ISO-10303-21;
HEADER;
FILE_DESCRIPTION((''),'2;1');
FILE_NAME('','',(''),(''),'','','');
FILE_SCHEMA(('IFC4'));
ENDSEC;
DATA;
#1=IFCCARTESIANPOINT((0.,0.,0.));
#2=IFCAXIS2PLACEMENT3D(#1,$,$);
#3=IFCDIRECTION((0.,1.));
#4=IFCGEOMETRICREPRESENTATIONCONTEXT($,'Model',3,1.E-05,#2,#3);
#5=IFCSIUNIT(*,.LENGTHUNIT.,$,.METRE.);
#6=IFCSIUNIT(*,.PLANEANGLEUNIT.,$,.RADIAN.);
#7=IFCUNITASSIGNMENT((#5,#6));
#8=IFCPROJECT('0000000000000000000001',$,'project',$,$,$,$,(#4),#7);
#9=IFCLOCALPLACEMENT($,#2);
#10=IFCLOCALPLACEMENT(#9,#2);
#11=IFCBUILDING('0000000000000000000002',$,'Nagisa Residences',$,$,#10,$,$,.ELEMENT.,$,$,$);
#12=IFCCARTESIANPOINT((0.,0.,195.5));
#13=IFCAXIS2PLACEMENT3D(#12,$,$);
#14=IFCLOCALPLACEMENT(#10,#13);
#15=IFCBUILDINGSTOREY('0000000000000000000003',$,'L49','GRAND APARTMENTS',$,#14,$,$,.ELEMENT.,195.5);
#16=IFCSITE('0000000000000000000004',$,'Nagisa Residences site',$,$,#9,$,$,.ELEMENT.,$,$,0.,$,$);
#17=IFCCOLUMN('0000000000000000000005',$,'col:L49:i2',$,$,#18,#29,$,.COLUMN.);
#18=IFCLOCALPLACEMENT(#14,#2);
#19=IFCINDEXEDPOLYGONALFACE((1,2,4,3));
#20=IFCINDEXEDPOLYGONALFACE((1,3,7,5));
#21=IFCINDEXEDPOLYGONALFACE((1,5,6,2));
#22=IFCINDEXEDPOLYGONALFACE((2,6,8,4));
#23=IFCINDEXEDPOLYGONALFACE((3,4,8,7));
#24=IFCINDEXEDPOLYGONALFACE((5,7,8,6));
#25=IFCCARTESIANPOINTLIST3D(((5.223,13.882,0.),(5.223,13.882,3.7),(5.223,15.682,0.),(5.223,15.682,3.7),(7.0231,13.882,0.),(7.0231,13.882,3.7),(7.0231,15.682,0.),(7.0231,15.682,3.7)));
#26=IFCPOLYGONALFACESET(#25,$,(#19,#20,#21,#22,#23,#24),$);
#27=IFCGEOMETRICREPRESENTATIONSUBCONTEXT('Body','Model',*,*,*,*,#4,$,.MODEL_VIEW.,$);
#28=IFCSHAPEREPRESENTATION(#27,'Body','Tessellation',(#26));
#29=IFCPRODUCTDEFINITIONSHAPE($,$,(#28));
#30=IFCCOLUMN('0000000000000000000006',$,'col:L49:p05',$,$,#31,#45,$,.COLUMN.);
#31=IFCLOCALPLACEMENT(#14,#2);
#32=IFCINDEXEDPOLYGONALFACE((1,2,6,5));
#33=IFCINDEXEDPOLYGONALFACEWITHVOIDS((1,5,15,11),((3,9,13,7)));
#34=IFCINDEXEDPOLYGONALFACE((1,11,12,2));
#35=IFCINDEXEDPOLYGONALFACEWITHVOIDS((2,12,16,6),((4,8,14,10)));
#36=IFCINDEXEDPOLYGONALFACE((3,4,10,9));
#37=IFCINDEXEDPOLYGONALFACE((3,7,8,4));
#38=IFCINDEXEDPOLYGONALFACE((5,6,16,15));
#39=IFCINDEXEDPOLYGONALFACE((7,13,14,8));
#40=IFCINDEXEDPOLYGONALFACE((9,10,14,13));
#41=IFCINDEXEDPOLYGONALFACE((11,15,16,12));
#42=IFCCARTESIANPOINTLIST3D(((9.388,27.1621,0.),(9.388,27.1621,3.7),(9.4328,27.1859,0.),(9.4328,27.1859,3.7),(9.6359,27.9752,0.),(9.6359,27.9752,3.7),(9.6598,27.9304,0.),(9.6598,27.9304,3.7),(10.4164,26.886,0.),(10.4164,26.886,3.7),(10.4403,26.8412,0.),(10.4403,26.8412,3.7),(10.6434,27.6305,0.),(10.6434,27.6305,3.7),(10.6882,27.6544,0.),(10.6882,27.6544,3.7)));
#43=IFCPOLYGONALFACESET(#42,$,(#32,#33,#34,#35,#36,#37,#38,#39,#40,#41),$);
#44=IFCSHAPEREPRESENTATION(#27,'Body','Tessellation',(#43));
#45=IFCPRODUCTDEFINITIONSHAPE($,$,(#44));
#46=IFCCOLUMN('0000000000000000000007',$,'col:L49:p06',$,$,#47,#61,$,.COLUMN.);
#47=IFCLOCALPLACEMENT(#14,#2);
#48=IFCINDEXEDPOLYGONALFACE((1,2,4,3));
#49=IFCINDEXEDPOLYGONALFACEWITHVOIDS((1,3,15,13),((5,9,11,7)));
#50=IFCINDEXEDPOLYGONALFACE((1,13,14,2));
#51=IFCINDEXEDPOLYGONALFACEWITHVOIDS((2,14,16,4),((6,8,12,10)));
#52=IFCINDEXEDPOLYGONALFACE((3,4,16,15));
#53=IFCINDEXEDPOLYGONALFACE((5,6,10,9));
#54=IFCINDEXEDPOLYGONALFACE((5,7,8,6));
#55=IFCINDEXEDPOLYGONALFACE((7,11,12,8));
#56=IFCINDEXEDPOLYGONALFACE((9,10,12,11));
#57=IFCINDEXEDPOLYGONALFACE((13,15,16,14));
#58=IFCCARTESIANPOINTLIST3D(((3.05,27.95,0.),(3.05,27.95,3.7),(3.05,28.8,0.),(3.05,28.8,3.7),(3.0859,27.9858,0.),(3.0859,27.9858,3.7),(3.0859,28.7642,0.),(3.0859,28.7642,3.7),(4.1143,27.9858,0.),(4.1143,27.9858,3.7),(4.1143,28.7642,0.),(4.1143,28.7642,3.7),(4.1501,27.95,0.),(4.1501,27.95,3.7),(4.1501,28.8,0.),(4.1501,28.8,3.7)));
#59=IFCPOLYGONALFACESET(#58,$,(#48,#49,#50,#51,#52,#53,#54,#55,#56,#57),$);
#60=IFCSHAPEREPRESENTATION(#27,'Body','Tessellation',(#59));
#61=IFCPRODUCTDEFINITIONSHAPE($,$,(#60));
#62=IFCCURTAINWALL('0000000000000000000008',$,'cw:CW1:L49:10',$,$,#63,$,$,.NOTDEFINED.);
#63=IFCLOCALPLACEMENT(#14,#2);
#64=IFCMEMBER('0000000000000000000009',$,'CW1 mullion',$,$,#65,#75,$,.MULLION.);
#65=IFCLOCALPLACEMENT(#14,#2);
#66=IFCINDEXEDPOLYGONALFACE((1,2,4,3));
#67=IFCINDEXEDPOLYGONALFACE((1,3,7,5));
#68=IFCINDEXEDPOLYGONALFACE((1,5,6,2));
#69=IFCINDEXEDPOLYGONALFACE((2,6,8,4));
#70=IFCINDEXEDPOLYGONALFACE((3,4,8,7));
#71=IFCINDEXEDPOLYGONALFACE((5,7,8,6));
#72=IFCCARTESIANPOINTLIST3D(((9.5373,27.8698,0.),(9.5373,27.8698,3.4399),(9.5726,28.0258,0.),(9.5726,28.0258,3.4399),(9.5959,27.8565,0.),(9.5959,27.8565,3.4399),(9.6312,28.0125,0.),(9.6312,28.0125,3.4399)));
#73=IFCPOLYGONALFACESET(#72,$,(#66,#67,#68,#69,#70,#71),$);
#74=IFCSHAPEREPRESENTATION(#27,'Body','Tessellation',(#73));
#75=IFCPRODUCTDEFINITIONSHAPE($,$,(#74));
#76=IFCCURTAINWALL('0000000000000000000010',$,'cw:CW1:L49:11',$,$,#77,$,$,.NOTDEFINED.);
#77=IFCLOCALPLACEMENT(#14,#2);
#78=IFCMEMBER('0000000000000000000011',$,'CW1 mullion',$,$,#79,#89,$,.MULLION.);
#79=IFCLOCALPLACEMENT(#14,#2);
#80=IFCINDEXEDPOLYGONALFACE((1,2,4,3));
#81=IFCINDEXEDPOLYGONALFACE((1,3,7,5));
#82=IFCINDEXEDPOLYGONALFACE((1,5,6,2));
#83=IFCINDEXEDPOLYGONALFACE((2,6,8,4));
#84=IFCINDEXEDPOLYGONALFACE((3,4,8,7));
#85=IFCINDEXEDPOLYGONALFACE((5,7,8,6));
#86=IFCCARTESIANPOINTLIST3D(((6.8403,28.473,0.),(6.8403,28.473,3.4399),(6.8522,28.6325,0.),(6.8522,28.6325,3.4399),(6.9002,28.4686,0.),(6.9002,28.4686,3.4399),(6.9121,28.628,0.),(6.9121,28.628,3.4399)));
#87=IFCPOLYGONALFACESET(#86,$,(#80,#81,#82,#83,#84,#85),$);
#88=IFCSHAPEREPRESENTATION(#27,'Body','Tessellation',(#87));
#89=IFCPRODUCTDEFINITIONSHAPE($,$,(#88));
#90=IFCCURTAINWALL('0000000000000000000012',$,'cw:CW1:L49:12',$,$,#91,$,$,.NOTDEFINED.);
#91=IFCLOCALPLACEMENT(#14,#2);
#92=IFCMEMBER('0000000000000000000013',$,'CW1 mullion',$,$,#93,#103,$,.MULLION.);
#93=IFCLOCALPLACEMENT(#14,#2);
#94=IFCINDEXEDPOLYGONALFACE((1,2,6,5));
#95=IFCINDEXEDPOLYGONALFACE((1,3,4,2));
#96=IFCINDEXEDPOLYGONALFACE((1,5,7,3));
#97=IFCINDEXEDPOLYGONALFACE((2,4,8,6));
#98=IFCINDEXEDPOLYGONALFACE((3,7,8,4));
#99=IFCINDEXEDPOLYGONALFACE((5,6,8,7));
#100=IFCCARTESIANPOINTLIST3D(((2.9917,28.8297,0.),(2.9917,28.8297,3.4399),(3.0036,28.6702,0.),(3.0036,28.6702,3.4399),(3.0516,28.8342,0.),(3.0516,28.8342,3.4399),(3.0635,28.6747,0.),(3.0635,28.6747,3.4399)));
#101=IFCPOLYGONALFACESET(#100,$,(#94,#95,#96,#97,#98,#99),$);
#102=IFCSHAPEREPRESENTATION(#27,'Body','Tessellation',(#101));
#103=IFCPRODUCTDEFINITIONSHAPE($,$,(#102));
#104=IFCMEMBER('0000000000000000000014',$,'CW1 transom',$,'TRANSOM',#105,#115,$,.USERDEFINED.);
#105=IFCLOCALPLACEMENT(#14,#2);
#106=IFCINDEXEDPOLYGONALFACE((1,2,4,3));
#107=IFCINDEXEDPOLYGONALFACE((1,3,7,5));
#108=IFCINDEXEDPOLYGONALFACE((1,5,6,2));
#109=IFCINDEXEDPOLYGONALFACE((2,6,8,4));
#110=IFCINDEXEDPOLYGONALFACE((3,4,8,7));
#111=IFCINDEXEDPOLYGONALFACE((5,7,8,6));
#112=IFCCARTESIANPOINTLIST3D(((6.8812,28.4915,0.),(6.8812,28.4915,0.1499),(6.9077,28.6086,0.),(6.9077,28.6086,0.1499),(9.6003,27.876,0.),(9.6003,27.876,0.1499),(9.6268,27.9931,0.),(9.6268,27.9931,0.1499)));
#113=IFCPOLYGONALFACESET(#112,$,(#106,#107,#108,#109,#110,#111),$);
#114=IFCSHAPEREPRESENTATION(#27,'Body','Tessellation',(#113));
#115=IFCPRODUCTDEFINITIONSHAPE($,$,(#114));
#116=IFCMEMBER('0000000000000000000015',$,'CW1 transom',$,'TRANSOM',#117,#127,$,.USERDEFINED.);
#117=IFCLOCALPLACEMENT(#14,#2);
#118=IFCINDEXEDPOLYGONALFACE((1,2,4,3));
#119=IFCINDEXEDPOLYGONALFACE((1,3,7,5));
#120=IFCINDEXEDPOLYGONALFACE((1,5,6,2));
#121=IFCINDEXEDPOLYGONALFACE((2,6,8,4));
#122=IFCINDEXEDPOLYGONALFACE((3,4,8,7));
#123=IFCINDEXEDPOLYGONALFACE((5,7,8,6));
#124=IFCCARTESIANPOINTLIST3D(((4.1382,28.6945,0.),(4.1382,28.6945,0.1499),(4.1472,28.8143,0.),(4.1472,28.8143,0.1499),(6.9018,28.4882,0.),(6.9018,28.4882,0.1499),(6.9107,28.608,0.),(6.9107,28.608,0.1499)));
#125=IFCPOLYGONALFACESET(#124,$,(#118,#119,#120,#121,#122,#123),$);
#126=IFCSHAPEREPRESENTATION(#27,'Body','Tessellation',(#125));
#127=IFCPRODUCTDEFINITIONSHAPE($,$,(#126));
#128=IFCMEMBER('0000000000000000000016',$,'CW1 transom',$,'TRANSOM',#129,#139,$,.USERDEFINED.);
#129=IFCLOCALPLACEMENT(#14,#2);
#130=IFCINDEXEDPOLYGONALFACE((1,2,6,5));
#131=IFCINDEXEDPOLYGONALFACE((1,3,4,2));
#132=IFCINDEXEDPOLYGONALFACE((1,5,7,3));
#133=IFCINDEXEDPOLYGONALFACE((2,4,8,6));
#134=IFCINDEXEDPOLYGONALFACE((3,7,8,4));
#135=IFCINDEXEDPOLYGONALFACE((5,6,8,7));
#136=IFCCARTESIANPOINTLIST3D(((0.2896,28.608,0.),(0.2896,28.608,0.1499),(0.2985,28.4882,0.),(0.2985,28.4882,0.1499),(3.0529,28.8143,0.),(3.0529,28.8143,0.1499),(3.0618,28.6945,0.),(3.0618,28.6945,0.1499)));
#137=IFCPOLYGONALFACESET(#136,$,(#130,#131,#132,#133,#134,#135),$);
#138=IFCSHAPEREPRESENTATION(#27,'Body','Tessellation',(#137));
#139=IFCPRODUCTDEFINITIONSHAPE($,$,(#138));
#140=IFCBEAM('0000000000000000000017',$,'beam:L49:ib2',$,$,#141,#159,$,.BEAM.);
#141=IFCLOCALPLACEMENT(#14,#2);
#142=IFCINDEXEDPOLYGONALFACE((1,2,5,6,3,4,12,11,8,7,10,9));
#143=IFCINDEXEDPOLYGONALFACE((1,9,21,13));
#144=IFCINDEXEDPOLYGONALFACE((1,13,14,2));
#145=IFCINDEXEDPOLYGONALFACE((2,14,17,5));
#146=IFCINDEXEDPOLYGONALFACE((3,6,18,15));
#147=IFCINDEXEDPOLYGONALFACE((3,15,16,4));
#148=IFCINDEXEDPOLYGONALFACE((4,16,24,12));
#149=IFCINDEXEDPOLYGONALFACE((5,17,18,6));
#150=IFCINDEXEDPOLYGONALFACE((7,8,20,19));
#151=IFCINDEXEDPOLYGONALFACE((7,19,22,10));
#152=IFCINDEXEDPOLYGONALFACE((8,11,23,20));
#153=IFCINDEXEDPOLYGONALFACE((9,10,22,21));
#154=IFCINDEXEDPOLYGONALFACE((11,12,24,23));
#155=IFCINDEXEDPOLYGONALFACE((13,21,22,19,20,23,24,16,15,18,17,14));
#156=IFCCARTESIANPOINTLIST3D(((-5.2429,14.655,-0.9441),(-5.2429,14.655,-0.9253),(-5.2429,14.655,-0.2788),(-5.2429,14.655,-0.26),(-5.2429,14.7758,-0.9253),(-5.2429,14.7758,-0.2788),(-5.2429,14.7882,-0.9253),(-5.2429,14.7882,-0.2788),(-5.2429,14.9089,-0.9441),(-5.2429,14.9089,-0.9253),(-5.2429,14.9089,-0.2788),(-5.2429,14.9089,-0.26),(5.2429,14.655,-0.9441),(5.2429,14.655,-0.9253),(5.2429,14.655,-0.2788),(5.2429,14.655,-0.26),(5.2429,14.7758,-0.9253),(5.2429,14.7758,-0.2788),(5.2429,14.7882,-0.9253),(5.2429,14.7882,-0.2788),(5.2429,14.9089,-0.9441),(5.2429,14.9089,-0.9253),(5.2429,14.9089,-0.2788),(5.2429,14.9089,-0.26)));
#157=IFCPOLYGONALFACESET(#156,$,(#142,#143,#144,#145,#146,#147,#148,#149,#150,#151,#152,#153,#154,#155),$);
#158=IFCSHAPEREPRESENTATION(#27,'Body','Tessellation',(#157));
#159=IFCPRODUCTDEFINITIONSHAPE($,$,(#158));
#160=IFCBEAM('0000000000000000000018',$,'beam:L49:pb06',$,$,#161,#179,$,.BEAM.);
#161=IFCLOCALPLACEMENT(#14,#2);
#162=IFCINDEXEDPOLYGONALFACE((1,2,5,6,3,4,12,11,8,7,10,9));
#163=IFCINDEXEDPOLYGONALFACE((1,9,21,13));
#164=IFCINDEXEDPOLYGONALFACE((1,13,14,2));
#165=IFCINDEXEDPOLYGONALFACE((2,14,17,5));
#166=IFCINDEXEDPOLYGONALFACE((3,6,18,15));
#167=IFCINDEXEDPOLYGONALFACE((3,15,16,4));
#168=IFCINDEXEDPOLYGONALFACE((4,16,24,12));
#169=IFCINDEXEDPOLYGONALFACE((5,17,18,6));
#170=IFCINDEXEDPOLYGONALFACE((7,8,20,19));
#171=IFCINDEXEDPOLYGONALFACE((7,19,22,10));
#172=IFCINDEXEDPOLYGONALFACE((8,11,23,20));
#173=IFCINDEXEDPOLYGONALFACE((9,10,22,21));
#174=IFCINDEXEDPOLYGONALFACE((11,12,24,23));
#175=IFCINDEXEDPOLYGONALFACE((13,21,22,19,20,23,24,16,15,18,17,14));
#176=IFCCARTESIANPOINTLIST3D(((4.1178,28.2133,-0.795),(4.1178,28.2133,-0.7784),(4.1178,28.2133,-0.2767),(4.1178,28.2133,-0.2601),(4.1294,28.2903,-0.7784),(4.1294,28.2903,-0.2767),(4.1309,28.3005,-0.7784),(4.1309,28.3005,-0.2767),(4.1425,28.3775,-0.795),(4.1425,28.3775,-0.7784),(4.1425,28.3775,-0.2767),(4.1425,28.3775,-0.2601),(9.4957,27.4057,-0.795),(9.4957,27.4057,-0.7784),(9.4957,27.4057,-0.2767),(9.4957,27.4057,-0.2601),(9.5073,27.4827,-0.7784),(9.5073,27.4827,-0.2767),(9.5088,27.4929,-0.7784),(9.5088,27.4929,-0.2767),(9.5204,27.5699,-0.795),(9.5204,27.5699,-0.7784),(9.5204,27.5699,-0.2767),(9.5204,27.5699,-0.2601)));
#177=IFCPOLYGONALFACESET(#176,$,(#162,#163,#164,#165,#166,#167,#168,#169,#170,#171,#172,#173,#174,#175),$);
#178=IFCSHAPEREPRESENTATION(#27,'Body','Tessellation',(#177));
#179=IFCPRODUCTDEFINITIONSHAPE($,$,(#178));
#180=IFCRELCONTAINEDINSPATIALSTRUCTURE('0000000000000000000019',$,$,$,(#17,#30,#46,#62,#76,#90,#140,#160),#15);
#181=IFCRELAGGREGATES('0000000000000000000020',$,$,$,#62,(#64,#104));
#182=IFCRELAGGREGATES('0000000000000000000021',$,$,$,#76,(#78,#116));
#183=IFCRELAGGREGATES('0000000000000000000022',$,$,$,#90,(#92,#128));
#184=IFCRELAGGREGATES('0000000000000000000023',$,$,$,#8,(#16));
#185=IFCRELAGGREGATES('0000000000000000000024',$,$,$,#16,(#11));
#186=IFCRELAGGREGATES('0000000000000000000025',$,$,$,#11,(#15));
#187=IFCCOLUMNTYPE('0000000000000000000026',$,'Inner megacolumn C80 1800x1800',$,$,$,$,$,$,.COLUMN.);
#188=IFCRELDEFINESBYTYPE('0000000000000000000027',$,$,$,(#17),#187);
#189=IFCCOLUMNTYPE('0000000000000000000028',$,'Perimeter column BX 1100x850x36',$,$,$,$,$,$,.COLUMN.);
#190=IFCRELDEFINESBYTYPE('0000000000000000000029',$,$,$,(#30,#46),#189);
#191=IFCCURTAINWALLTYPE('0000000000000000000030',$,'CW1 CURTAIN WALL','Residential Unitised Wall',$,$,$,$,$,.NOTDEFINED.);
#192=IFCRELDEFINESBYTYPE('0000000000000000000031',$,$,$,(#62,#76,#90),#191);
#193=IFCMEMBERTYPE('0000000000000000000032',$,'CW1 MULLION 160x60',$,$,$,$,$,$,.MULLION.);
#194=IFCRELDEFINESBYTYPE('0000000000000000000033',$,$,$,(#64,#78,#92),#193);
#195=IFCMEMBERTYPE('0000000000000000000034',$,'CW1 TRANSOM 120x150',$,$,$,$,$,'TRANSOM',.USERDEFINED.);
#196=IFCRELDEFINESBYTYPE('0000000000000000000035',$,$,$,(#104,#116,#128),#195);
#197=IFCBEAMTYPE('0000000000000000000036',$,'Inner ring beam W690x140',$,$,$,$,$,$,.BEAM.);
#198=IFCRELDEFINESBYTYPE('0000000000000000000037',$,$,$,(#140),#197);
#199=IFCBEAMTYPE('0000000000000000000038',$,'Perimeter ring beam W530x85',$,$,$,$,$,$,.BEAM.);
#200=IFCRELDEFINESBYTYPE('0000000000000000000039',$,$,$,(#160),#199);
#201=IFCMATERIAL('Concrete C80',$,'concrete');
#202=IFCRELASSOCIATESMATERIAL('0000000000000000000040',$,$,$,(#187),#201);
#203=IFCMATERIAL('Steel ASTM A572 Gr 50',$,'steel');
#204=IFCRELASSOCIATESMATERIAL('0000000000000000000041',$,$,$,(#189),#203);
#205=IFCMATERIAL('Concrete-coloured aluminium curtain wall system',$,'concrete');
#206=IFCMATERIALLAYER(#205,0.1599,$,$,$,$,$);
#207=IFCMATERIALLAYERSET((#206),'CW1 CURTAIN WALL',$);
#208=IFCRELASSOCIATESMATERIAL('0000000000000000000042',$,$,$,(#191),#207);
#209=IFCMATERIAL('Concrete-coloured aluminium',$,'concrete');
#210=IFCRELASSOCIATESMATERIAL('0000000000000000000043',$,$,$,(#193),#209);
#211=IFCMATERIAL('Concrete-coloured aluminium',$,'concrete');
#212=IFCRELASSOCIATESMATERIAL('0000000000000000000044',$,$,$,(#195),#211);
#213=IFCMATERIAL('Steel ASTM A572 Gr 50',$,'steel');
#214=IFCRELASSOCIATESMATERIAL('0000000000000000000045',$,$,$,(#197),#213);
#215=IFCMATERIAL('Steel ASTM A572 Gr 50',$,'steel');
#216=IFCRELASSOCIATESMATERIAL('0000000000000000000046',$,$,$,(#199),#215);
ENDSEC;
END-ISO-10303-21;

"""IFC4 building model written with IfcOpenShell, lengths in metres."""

from ifc_helpers import new_model, si_unit, direction, frame, origin, origin_2d, place, context, subcontext, project, spatial, rectangle, hollow_rectangle, i_section, extrude, material, layer, layer_set, material_profile, profile_set, type_object, element, aggregate, save


model = new_model("IFC4")

# Units and contexts
model_context = context("Model", 3, precision=1e-05, world=origin(), true_north=direction((0.0, 1.0)))
body_context = subcontext(model_context, "Body", "Model", "MODEL_VIEW")
ifc_project = project(units=[si_unit("LENGTHUNIT", "METRE"), si_unit("PLANEANGLEUNIT", "RADIAN")], contexts=[model_context])

# Site, building, storey
site_placement = place(None, origin())
site = spatial("IfcSite", under=ifc_project, at=site_placement, Name="Nagisa Residences site", CompositionType="ELEMENT", RefElevation=0.0)
building_placement = place(site_placement, origin())
building = spatial("IfcBuilding", under=site, at=building_placement, Name="Nagisa Residences", CompositionType="ELEMENT")
storey_placement = place(building_placement, frame((0.0, 0.0, 195.5)))
storey = spatial("IfcBuildingStorey", under=building, at=storey_placement, Name="L49", Description="GRAND APARTMENTS", CompositionType="ELEMENT", Elevation=195.5)

# Columns
ifc_material_1 = material(Name="Concrete C80", Category="concrete")
ifc_material_profile_1 = material_profile(ifc_material_1, rectangle(XDim=1.8, YDim=1.8, at=origin_2d()), Name="C80 1800x1800")
ifc_profile_set_1 = profile_set([ifc_material_profile_1], Name="Concrete C80")
column_type_1 = type_object("IfcColumnType", Name="Inner megacolumn C80 1800x1800", PredefinedType="COLUMN", material=ifc_profile_set_1)
column_placement = place(storey_placement, frame((6.123, 14.782, 0.0), z_axis=(0.0, 0.0, 1.0), x_axis=(1.0, 0.0, 0.0)))
element("IfcColumn", 1, at=column_placement, inside=storey, type_object=column_type_1, Name="col:L49:i2", PredefinedType="COLUMN", context=body_context, shape_type="SweptSolid", body=[
    extrude(rectangle(XDim=1.8, YDim=1.8, at=origin_2d()), origin(), (0.0, 0.0, 1.0), 3.7),
])
ifc_material_2 = material(Name="Steel ASTM A572 Gr 50", Category="steel")
ifc_material_profile_2 = material_profile(ifc_material_2, hollow_rectangle(XDim=1.1001, YDim=0.8501, WallThickness=0.0359, at=origin_2d()), Name="BX 1100x850x36")
ifc_profile_set_2 = profile_set([ifc_material_profile_2], Name="Steel ASTM A572 Gr 50")
column_type_2 = type_object("IfcColumnType", Name="Perimeter column BX 1100x850x36", PredefinedType="COLUMN", material=ifc_profile_set_2)
for number, where, z_axis, x_axis, name in (
    (2, (10.0381, 27.4082, 0.0), (0.0, 0.0, 1.0), (-0.956525, 0.291652, 0.0), "col:L49:p05"),
    (3, (3.6001, 28.375, 0.0), (0.0, 0.0, 1.0), (-1.0, 0.0, 0.0), "col:L49:p06"),
):
    element("IfcColumn", number, at=place(storey_placement, frame(where, z_axis=z_axis, x_axis=x_axis)), inside=storey, type_object=column_type_2, Name=name, PredefinedType="COLUMN", context=body_context, shape_type="SweptSolid", body=[
        extrude(hollow_rectangle(XDim=1.1001, YDim=0.8501, WallThickness=0.0359, at=origin_2d()), origin(), (0.0, 0.0, 1.0), 3.7),
    ])

# Curtain walls, members
ifc_material_3 = material(Name="Concrete-coloured aluminium curtain wall system", Category="concrete")
ifc_layer_1 = layer(ifc_material_3, 0.1599)
ifc_layer_set_1 = layer_set([ifc_layer_1], Name="CW1 CURTAIN WALL")
curtain_wall_type = type_object("IfcCurtainWallType", Name="CW1 CURTAIN WALL", Description="Residential Unitised Wall", PredefinedType="NOTDEFINED", material=ifc_layer_set_1)
curtain_wall_1_placement = place(storey_placement, origin())
curtain_wall_1 = element("IfcCurtainWall", 4, at=curtain_wall_1_placement, inside=storey, type_object=curtain_wall_type, Name="cw:CW1:L49:10", PredefinedType="NOTDEFINED")
ifc_material_4 = material(Name="Concrete-coloured aluminium", Category="concrete")
ifc_material_profile_3 = material_profile(ifc_material_4, rectangle(XDim=0.1599, YDim=0.0601, at=origin_2d()), Name="CW1 MULLION 160x60")
ifc_profile_set_3 = profile_set([ifc_material_profile_3], Name="Concrete-coloured aluminium")
member_type_1 = type_object("IfcMemberType", Name="CW1 MULLION 160x60", PredefinedType="MULLION", material=ifc_profile_set_3)
member_1_placement = place(storey_placement, frame((9.5842, 27.9412, 0.0), z_axis=(0.0, 0.0, 1.0), x_axis=(-0.220764, -0.975327, 0.0)))
member_1 = element("IfcMember", 5, at=member_1_placement, type_object=member_type_1, Name="CW1 mullion", PredefinedType="MULLION", context=body_context, shape_type="SweptSolid", body=[
    extrude(rectangle(XDim=0.1599, YDim=0.0601, at=origin_2d()), origin(), (0.0, 0.0, 1.0), 3.4399),
])
curtain_wall_2_placement = place(storey_placement, origin())
curtain_wall_2 = element("IfcCurtainWall", 6, at=curtain_wall_2_placement, inside=storey, type_object=curtain_wall_type, Name="cw:CW1:L49:11", PredefinedType="NOTDEFINED")
member_2_placement = place(storey_placement, frame((6.8762, 28.5505, 0.0), z_axis=(0.0, 0.0, 1.0), x_axis=(-0.074377, -0.99723, 0.0)))
member_2 = element("IfcMember", 7, at=member_2_placement, type_object=member_type_1, Name="CW1 mullion", PredefinedType="MULLION", context=body_context, shape_type="SweptSolid", body=[
    extrude(rectangle(XDim=0.1599, YDim=0.0601, at=origin_2d()), origin(), (0.0, 0.0, 1.0), 3.4399),
])
curtain_wall_3_placement = place(storey_placement, origin())
curtain_wall_3 = element("IfcCurtainWall", 8, at=curtain_wall_3_placement, inside=storey, type_object=curtain_wall_type, Name="cw:CW1:L49:12", PredefinedType="NOTDEFINED")
member_3_placement = place(storey_placement, frame((3.0276, 28.7522, 0.0), z_axis=(0.0, 0.0, 1.0), x_axis=(0.074377, -0.99723, 0.0)))
member_3 = element("IfcMember", 9, at=member_3_placement, type_object=member_type_1, Name="CW1 mullion", PredefinedType="MULLION", context=body_context, shape_type="SweptSolid", body=[
    extrude(rectangle(XDim=0.1599, YDim=0.0601, at=origin_2d()), origin(), (0.0, 0.0, 1.0), 3.4399),
])

# Members
ifc_material_5 = material(Name="Concrete-coloured aluminium", Category="concrete")
ifc_material_profile_4 = material_profile(ifc_material_5, rectangle(XDim=0.1201, YDim=0.1499, at=origin_2d()), Name="CW1 TRANSOM 120x150")
ifc_profile_set_4 = profile_set([ifc_material_profile_4], Name="Concrete-coloured aluminium")
member_type_2 = type_object("IfcMemberType", Name="CW1 TRANSOM 120x150", ElementType="TRANSOM", PredefinedType="USERDEFINED", material=ifc_profile_set_4)
member_4_placement = place(storey_placement, frame((9.6135, 27.9346, 0.075), z_axis=(-0.975324, 0.220777, 0.0), x_axis=(-0.220777, -0.975324, 0.0)))
member_4 = element("IfcMember", 10, at=member_4_placement, type_object=member_type_2, Name="CW1 transom", ObjectType="TRANSOM", PredefinedType="USERDEFINED", context=body_context, shape_type="SweptSolid", body=[
    extrude(rectangle(XDim=0.1201, YDim=0.1499, at=origin_2d()), origin(), (0.0, 0.0, 1.0), 2.7878),
])
member_5_placement = place(storey_placement, frame((6.9062, 28.5481, 0.075), z_axis=(-0.997226, 0.07444, 0.0), x_axis=(-0.07444, -0.997226, 0.0)))
member_5 = element("IfcMember", 11, at=member_5_placement, type_object=member_type_2, Name="CW1 transom", ObjectType="TRANSOM", PredefinedType="USERDEFINED", context=body_context, shape_type="SweptSolid", body=[
    extrude(rectangle(XDim=0.1201, YDim=0.1499, at=origin_2d()), origin(), (0.0, 0.0, 1.0), 2.7712),
])
member_6_placement = place(storey_placement, frame((3.0574, 28.7544, 0.075), z_axis=(-0.997225, -0.074446, 0.0), x_axis=(0.074446, -0.997225, 0.0)))
member_6 = element("IfcMember", 12, at=member_6_placement, type_object=member_type_2, Name="CW1 transom", ObjectType="TRANSOM", PredefinedType="USERDEFINED", context=body_context, shape_type="SweptSolid", body=[
    extrude(rectangle(XDim=0.1201, YDim=0.1499, at=origin_2d()), origin(), (0.0, 0.0, 1.0), 2.771),
])

# Beams
ifc_material_6 = material(Name="Steel ASTM A572 Gr 50", Category="steel")
ifc_material_profile_5 = material_profile(ifc_material_6, i_section(OverallWidth=0.2539, OverallDepth=0.6841, WebThickness=0.0125, FlangeThickness=0.0188, at=origin_2d()), Name="W690x140")
ifc_profile_set_5 = profile_set([ifc_material_profile_5], Name="Steel ASTM A572 Gr 50")
beam_type_1 = type_object("IfcBeamType", Name="Inner ring beam W690x140", PredefinedType="BEAM", material=ifc_profile_set_5)
beam_1_placement = place(storey_placement, frame((5.2429, 14.782, -0.6021), z_axis=(-1.0, 0.0, 0.0), x_axis=(0.0, -1.0, 0.0)))
element("IfcBeam", 13, at=beam_1_placement, inside=storey, type_object=beam_type_1, Name="beam:L49:ib2", PredefinedType="BEAM", context=body_context, shape_type="SweptSolid", body=[
    extrude(i_section(OverallWidth=0.2539, OverallDepth=0.6841, WebThickness=0.0125, FlangeThickness=0.0188, at=origin_2d()), origin(), (0.0, 0.0, 1.0), 10.4858),
])
ifc_material_7 = material(Name="Steel ASTM A572 Gr 50", Category="steel")
ifc_material_profile_6 = material_profile(ifc_material_7, i_section(OverallWidth=0.166, OverallDepth=0.5349, WebThickness=0.0103, FlangeThickness=0.0166, at=origin_2d()), Name="W530x85")
ifc_profile_set_6 = profile_set([ifc_material_profile_6], Name="Steel ASTM A572 Gr 50")
beam_type_2 = type_object("IfcBeamType", Name="Perimeter ring beam W530x85", PredefinedType="BEAM", material=ifc_profile_set_6)
for number, where, z_axis, x_axis, name in (
    (14, (9.5081, 27.4878, -0.5276), (-0.988911, 0.148507, 0.0), (-0.148507, -0.988911, 0.0), "beam:L49:pb06"),
):
    element("IfcBeam", number, at=place(storey_placement, frame(where, z_axis=z_axis, x_axis=x_axis)), inside=storey, type_object=beam_type_2, Name=name, PredefinedType="BEAM", context=body_context, shape_type="SweptSolid", body=[
        extrude(i_section(OverallWidth=0.166, OverallDepth=0.5349, WebThickness=0.0103, FlangeThickness=0.0166, at=origin_2d()), origin(), (0.0, 0.0, 1.0), 5.4382),
    ])

aggregate(curtain_wall_1, [member_1, member_4])
aggregate(curtain_wall_2, [member_2, member_5])
aggregate(curtain_wall_3, [member_3, member_6])

save(model, "model.ifc")
